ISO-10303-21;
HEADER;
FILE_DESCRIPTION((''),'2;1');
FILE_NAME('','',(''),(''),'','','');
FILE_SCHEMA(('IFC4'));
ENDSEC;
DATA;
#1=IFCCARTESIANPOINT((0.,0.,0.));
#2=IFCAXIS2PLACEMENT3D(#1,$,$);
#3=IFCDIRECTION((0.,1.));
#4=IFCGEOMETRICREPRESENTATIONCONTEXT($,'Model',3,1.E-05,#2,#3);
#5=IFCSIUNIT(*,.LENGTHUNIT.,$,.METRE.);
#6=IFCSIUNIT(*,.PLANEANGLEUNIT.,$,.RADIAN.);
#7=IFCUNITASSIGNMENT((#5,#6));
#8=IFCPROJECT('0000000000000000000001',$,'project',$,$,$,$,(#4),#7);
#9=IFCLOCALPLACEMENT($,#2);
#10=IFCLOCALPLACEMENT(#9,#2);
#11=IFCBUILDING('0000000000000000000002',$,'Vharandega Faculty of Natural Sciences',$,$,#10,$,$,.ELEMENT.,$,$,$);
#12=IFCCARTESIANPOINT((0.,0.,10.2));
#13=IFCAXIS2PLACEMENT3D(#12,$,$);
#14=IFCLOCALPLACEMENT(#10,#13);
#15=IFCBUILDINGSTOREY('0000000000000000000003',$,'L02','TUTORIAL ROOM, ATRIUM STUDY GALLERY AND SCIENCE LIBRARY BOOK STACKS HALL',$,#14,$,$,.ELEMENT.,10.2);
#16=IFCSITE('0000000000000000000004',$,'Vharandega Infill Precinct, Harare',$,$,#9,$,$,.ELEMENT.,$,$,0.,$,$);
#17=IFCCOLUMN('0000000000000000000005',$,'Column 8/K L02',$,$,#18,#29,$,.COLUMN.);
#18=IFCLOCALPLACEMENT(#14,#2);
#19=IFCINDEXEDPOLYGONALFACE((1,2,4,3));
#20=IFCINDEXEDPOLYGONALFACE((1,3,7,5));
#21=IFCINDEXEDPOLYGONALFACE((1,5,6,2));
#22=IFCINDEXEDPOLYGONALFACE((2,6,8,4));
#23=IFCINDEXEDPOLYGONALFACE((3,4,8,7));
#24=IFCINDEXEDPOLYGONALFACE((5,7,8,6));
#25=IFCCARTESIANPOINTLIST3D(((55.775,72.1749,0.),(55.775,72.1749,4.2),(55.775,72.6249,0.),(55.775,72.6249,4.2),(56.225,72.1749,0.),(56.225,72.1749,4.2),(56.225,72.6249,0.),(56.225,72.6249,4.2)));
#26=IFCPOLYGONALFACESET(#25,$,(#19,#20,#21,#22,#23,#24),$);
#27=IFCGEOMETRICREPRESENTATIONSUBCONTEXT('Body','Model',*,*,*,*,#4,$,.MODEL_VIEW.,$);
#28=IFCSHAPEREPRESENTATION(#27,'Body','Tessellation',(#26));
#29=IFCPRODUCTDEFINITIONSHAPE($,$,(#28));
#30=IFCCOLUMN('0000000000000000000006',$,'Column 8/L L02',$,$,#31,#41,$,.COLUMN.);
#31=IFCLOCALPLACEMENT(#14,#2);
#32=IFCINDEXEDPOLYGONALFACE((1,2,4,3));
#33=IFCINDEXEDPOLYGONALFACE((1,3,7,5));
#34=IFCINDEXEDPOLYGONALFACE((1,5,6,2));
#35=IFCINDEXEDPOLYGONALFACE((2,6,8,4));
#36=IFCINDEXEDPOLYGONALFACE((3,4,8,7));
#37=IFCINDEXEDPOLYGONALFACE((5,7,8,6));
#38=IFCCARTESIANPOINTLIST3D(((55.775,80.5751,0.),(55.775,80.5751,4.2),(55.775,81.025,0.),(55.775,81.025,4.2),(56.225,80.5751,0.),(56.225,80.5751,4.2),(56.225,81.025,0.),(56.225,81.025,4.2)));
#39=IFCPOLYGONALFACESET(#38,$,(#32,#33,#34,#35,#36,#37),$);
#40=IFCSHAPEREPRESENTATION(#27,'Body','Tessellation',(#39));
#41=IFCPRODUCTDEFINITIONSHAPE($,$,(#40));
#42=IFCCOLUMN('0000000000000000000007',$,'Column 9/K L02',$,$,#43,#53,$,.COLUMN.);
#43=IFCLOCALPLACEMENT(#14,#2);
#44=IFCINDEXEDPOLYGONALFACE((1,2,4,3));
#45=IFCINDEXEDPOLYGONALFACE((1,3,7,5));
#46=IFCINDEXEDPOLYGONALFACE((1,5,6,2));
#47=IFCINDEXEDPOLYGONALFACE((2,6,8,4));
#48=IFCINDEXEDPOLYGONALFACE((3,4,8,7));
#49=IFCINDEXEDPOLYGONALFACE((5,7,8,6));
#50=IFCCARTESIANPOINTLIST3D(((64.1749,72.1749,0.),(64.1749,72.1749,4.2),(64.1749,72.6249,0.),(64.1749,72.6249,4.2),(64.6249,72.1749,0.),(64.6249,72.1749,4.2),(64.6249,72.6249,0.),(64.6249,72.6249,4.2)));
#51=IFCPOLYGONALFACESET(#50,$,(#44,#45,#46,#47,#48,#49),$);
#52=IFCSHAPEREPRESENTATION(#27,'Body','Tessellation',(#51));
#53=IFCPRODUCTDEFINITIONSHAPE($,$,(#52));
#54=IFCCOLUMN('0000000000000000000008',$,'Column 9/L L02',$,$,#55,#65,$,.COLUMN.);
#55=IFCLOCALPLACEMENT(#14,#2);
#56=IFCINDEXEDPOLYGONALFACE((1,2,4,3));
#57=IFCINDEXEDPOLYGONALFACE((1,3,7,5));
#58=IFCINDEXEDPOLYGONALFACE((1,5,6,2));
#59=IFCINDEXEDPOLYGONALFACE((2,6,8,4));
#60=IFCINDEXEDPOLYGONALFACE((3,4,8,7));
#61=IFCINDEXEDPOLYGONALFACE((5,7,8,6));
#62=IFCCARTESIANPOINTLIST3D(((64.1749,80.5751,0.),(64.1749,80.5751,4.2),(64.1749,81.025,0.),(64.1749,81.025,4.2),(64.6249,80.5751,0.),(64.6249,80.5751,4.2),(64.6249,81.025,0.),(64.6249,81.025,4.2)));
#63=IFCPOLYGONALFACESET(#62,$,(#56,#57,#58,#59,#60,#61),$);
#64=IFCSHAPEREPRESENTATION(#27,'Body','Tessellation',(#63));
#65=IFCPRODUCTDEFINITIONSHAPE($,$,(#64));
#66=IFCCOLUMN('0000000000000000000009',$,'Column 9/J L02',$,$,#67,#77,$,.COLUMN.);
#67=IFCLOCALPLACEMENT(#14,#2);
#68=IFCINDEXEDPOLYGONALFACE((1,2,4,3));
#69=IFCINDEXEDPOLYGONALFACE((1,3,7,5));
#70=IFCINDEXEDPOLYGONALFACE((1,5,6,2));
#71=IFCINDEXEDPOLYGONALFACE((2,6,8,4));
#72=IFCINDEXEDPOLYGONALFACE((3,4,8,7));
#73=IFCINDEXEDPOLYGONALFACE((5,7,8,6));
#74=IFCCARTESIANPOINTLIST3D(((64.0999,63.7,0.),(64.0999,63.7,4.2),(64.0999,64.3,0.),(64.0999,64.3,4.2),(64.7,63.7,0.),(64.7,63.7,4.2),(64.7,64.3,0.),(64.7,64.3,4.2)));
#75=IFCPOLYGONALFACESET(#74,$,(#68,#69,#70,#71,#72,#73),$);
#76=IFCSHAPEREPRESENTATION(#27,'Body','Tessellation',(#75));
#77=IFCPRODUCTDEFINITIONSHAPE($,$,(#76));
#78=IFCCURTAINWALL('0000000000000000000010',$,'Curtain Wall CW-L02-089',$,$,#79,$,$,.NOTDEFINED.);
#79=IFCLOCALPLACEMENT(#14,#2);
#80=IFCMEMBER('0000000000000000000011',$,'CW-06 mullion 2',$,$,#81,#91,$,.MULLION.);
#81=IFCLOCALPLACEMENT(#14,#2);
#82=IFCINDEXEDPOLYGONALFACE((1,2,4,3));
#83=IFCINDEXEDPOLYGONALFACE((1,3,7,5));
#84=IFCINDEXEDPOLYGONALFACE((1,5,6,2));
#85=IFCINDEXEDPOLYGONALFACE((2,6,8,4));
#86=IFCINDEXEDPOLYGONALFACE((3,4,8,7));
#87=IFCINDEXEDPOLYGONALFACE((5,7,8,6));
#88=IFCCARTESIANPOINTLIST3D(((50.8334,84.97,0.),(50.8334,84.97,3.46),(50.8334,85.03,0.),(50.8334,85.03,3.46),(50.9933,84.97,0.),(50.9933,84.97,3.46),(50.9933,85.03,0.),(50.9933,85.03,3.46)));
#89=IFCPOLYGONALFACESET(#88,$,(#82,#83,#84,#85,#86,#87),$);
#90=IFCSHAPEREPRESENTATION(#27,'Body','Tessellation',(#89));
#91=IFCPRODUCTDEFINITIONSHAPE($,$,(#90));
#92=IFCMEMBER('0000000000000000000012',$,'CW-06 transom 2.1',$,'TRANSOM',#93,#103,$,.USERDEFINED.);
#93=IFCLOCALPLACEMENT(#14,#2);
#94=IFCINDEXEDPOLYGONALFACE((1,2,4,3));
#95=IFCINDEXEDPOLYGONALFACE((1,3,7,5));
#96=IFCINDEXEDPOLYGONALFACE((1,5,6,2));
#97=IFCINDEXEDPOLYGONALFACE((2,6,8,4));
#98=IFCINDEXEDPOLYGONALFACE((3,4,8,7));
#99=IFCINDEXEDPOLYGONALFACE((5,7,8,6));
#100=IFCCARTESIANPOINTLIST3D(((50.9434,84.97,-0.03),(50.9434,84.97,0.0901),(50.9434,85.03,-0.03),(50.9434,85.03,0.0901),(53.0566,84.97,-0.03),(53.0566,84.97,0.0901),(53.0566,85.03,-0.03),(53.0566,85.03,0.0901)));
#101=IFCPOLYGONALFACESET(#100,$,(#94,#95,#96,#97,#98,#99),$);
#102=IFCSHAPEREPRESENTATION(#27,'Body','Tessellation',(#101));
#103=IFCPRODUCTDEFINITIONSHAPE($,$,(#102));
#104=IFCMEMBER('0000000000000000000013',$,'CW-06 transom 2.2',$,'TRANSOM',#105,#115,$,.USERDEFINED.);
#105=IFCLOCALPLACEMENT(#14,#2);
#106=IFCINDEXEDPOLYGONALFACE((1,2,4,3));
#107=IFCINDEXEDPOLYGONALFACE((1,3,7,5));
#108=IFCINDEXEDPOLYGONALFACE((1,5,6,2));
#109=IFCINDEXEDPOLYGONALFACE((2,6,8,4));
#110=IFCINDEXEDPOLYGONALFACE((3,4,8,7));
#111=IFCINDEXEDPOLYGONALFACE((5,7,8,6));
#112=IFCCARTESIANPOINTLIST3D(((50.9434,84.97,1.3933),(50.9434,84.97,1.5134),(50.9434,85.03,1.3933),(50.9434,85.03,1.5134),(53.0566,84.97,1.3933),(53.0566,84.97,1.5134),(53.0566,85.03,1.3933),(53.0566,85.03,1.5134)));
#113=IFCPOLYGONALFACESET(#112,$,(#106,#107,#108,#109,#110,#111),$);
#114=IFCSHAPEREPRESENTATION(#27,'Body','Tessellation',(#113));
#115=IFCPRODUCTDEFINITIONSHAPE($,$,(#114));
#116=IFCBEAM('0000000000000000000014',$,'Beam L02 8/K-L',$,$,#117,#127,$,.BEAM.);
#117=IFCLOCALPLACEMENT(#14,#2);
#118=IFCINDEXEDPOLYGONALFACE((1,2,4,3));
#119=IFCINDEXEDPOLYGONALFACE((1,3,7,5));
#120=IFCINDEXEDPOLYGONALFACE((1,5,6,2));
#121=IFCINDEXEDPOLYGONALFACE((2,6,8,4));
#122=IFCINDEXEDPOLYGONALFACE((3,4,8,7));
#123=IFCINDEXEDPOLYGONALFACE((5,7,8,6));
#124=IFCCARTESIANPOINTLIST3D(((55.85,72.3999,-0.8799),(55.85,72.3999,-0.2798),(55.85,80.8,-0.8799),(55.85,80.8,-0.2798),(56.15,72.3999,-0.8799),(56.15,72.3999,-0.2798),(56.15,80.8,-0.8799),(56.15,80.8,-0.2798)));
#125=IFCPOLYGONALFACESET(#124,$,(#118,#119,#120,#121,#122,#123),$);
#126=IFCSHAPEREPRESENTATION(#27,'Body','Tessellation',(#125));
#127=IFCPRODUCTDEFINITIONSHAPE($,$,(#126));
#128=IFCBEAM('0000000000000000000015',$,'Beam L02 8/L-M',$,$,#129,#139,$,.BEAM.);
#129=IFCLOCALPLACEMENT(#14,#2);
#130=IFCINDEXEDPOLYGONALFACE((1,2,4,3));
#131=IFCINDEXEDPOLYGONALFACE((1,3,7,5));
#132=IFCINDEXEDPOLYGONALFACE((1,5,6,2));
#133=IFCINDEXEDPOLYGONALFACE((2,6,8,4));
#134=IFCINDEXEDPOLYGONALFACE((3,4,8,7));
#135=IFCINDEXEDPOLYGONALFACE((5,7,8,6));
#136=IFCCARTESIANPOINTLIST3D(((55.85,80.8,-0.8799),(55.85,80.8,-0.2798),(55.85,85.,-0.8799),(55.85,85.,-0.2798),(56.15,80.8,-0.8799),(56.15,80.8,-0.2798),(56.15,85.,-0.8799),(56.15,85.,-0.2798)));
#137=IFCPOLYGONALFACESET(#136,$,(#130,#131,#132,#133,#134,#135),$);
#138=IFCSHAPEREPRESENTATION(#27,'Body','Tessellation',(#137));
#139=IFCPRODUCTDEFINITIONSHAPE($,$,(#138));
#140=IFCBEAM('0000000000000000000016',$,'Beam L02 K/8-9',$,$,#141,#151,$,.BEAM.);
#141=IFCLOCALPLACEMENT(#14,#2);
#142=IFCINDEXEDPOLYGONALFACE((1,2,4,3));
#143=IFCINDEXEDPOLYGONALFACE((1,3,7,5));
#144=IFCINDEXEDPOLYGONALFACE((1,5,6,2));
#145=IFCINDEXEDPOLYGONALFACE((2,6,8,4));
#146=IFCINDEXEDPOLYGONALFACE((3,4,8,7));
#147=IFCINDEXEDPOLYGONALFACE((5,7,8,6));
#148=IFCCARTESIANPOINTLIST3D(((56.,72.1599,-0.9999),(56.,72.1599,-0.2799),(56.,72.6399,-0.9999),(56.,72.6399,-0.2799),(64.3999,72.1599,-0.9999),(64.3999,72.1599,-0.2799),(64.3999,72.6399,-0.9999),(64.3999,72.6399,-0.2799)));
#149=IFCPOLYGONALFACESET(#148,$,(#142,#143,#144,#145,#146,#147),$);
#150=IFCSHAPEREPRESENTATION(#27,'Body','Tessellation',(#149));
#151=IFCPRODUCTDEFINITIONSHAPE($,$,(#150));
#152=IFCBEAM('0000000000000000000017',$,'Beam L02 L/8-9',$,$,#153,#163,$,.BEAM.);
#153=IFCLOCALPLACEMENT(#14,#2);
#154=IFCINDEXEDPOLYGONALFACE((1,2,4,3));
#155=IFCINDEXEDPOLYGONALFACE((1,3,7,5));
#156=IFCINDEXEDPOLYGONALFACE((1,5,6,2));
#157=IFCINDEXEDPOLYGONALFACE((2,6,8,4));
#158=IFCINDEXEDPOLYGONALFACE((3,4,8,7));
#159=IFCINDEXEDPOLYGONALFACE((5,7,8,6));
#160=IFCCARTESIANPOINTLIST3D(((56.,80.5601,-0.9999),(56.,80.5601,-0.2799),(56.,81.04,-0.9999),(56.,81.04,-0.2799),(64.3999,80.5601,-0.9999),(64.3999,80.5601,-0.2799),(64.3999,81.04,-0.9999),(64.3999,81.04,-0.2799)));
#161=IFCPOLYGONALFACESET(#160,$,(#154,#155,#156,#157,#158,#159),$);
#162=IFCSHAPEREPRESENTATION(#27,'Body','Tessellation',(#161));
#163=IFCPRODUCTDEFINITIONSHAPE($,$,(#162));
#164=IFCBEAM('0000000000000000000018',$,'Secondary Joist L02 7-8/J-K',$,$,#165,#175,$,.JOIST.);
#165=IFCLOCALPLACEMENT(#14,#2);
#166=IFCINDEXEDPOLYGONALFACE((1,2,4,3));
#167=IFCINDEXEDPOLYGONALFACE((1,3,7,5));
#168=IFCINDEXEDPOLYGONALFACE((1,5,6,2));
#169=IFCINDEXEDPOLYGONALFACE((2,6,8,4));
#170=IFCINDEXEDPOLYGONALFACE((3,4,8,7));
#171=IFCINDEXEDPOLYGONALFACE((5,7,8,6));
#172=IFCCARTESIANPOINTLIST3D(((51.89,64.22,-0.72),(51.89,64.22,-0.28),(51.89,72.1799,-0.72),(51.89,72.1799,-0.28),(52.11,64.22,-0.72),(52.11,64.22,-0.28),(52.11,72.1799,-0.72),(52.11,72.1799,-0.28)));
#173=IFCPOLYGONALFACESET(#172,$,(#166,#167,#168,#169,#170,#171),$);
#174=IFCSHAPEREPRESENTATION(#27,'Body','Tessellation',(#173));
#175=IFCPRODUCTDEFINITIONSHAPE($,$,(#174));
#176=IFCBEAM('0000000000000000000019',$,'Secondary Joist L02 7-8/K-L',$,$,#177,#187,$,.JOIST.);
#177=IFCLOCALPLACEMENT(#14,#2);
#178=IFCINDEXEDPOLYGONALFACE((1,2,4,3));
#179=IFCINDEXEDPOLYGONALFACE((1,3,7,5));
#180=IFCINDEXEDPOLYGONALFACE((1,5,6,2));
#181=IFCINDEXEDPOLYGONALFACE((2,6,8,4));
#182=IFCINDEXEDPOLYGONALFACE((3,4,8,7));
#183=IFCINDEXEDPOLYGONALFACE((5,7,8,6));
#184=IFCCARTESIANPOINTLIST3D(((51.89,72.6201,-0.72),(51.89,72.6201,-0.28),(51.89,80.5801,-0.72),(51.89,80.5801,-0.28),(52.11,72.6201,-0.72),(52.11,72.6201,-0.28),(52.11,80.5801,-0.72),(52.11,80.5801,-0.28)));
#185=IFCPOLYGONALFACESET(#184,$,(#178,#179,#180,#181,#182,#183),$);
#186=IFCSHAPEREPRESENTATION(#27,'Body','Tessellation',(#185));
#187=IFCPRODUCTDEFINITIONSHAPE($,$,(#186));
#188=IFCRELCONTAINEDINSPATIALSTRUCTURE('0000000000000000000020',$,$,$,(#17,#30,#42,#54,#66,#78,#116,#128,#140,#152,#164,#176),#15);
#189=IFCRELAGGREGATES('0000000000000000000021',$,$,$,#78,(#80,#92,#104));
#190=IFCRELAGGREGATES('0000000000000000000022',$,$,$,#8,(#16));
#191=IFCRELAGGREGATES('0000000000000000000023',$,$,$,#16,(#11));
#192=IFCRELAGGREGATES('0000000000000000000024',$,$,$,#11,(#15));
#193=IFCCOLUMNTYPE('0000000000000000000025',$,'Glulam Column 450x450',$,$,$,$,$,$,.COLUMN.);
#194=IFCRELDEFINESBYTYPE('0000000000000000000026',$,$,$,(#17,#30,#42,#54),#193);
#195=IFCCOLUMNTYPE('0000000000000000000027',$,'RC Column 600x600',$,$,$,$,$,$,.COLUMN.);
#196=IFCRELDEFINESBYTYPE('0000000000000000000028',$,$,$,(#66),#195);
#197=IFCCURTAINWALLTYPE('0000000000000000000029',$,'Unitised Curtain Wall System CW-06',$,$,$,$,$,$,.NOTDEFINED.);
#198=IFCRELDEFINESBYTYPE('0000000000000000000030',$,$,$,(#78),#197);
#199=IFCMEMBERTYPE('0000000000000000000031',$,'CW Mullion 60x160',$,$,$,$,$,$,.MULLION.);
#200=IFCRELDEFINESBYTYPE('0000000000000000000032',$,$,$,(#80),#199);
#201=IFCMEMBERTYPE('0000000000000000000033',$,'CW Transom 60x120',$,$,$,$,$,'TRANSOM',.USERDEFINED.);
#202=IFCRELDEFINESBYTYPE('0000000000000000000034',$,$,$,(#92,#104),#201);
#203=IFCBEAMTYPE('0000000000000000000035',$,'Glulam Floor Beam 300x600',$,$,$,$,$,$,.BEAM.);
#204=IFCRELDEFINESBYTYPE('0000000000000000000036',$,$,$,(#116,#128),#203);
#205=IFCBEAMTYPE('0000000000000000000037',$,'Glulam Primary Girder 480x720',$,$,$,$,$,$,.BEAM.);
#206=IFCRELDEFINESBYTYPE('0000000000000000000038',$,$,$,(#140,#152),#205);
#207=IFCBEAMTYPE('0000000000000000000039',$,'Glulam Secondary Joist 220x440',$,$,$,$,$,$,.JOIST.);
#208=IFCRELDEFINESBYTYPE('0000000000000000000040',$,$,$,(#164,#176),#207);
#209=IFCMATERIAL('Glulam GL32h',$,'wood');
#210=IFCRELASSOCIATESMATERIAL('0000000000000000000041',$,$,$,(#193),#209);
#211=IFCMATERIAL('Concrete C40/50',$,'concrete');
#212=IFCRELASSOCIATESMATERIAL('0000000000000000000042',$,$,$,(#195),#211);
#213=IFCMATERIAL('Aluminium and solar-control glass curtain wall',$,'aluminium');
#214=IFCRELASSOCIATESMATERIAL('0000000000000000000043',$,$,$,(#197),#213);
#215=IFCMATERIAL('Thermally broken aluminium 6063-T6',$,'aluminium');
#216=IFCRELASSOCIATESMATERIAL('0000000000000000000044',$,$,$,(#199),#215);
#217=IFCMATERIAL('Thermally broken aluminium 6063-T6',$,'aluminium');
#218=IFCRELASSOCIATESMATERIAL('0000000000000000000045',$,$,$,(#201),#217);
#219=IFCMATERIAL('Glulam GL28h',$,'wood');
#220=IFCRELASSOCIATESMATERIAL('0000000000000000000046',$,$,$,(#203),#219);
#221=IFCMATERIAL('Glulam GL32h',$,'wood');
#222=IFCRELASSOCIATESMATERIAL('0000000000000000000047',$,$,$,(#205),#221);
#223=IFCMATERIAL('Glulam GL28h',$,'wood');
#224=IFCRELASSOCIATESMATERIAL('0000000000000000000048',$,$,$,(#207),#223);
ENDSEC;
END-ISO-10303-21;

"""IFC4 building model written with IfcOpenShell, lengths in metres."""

from ifc_helpers import new_model, si_unit, direction, frame, origin, origin_2d, place, context, subcontext, project, spatial, rectangle, extrude, material, material_profile, profile_set, type_object, element, aggregate, save


model = new_model("IFC4")

# Units and contexts
model_context = context("Model", 3, precision=1e-05, world=origin(), true_north=direction((0.0, 1.0)))
body_context = subcontext(model_context, "Body", "Model", "MODEL_VIEW")
ifc_project = project(units=[si_unit("LENGTHUNIT", "METRE"), si_unit("PLANEANGLEUNIT", "RADIAN")], contexts=[model_context])

# Site, building, storey
site_placement = place(None, origin())
site = spatial("IfcSite", under=ifc_project, at=site_placement, Name="Vharandega Infill Precinct, Harare", CompositionType="ELEMENT", RefElevation=0.0)
building_placement = place(site_placement, origin())
building = spatial("IfcBuilding", under=site, at=building_placement, Name="Vharandega Faculty of Natural Sciences", CompositionType="ELEMENT")
storey_placement = place(building_placement, frame((0.0, 0.0, 10.2)))
storey = spatial("IfcBuildingStorey", under=building, at=storey_placement, Name="L02", Description="TUTORIAL ROOM, ATRIUM STUDY GALLERY AND SCIENCE LIBRARY BOOK STACKS HALL", CompositionType="ELEMENT", Elevation=10.2)

# Columns
ifc_material_1 = material(Name="Glulam GL32h", Category="wood")
ifc_material_profile_1 = material_profile(ifc_material_1, rectangle(XDim=0.45, YDim=0.45, at=origin_2d()), Name="GL32h 450x450")
ifc_profile_set_1 = profile_set([ifc_material_profile_1], Name="Glulam GL32h")
column_type_1 = type_object("IfcColumnType", Name="Glulam Column 450x450", PredefinedType="COLUMN", material=ifc_profile_set_1)
for number, where, z_axis, x_axis, name in (
    (1, (56.0, 72.3999, 0.0), (0.0, 0.0, 1.0), (1.0, 0.0, 0.0), "Column 8/K L02"),
    (2, (56.0, 80.8, 0.0), (0.0, 0.0, 1.0), (1.0, 0.0, 0.0), "Column 8/L L02"),
    (3, (64.3999, 72.3999, 0.0), (0.0, 0.0, 1.0), (1.0, 0.0, 0.0), "Column 9/K L02"),
    (4, (64.3999, 80.8, 0.0), (0.0, 0.0, 1.0), (1.0, 0.0, 0.0), "Column 9/L L02"),
):
    element("IfcColumn", number, at=place(storey_placement, frame(where, z_axis=z_axis, x_axis=x_axis)), inside=storey, type_object=column_type_1, Name=name, PredefinedType="COLUMN", context=body_context, shape_type="SweptSolid", body=[
        extrude(rectangle(XDim=0.45, YDim=0.45, at=origin_2d()), origin(), (0.0, 0.0, 1.0), 4.2),
    ])
ifc_material_2 = material(Name="Concrete C40/50", Category="concrete")
ifc_material_profile_2 = material_profile(ifc_material_2, rectangle(XDim=0.6001, YDim=0.6001, at=origin_2d()), Name="RC 600x600")
ifc_profile_set_2 = profile_set([ifc_material_profile_2], Name="Concrete C40/50")
column_type_2 = type_object("IfcColumnType", Name="RC Column 600x600", PredefinedType="COLUMN", material=ifc_profile_set_2)
column_placement = place(storey_placement, frame((64.3999, 64.0, 0.0), z_axis=(0.0, 0.0, 1.0), x_axis=(1.0, 0.0, 0.0)))
element("IfcColumn", 5, at=column_placement, inside=storey, type_object=column_type_2, Name="Column 9/J L02", PredefinedType="COLUMN", context=body_context, shape_type="SweptSolid", body=[
    extrude(rectangle(XDim=0.6001, YDim=0.6001, at=origin_2d()), origin(), (0.0, 0.0, 1.0), 4.2),
])

# Curtain wall, members
ifc_material_3 = material(Name="Aluminium and solar-control glass curtain wall", Category="aluminium")
curtain_wall_type = type_object("IfcCurtainWallType", Name="Unitised Curtain Wall System CW-06", PredefinedType="NOTDEFINED", material=ifc_material_3)
curtain_wall_placement = place(storey_placement, origin())
curtain_wall = element("IfcCurtainWall", 6, at=curtain_wall_placement, inside=storey, type_object=curtain_wall_type, Name="Curtain Wall CW-L02-089", PredefinedType="NOTDEFINED")
ifc_material_4 = material(Name="Thermally broken aluminium 6063-T6", Category="aluminium")
ifc_material_profile_3 = material_profile(ifc_material_4, rectangle(XDim=0.0601, YDim=0.1599, at=origin_2d()), Name="ALU 60x160")
ifc_profile_set_3 = profile_set([ifc_material_profile_3], Name="Thermally broken aluminium 6063-T6")
member_type_1 = type_object("IfcMemberType", Name="CW Mullion 60x160", PredefinedType="MULLION", material=ifc_profile_set_3)
member_1_placement = place(storey_placement, frame((50.9133, 85.0, 0.0), z_axis=(0.0, 0.0, 1.0), x_axis=(0.0, 1.0, 0.0)))
member_1 = element("IfcMember", 7, at=member_1_placement, type_object=member_type_1, Name="CW-06 mullion 2", PredefinedType="MULLION", context=body_context, shape_type="SweptSolid", body=[
    extrude(rectangle(XDim=0.0601, YDim=0.1599, at=origin_2d()), origin(), (0.0, 0.0, 1.0), 3.46),
])
ifc_material_5 = material(Name="Thermally broken aluminium 6063-T6", Category="aluminium")
ifc_material_profile_4 = material_profile(ifc_material_5, rectangle(XDim=0.0601, YDim=0.1201, at=origin_2d()), Name="ALU 60x120")
ifc_profile_set_4 = profile_set([ifc_material_profile_4], Name="Thermally broken aluminium 6063-T6")
member_type_2 = type_object("IfcMemberType", Name="CW Transom 60x120", ElementType="TRANSOM", PredefinedType="USERDEFINED", material=ifc_profile_set_4)
member_2_placement = place(storey_placement, frame((50.9434, 85.0, 0.03), z_axis=(1.0, 0.0, 0.0), x_axis=(0.0, 1.0, 0.0)))
member_2 = element("IfcMember", 8, at=member_2_placement, type_object=member_type_2, Name="CW-06 transom 2.1", ObjectType="TRANSOM", PredefinedType="USERDEFINED", context=body_context, shape_type="SweptSolid", body=[
    extrude(rectangle(XDim=0.0601, YDim=0.1201, at=origin_2d()), origin(), (0.0, 0.0, 1.0), 2.1133),
])
member_3_placement = place(storey_placement, frame((50.9434, 85.0, 1.4534), z_axis=(1.0, 0.0, 0.0), x_axis=(0.0, 1.0, 0.0)))
member_3 = element("IfcMember", 9, at=member_3_placement, type_object=member_type_2, Name="CW-06 transom 2.2", ObjectType="TRANSOM", PredefinedType="USERDEFINED", context=body_context, shape_type="SweptSolid", body=[
    extrude(rectangle(XDim=0.0601, YDim=0.1201, at=origin_2d()), origin(), (0.0, 0.0, 1.0), 2.1133),
])
aggregate(curtain_wall, [member_1, member_2, member_3])

# Beams
ifc_material_6 = material(Name="Glulam GL28h", Category="wood")
ifc_material_profile_5 = material_profile(ifc_material_6, rectangle(XDim=0.3, YDim=0.6001, at=origin_2d()), Name="GL28h 300x600")
ifc_profile_set_5 = profile_set([ifc_material_profile_5], Name="Glulam GL28h")
beam_type_1 = type_object("IfcBeamType", Name="Glulam Floor Beam 300x600", PredefinedType="BEAM", material=ifc_profile_set_5)
beam_1_placement = place(storey_placement, frame((56.0, 72.3999, -0.5798), z_axis=(0.0, 1.0, 0.0), x_axis=(-1.0, 0.0, 0.0)))
element("IfcBeam", 10, at=beam_1_placement, inside=storey, type_object=beam_type_1, Name="Beam L02 8/K-L", PredefinedType="BEAM", context=body_context, shape_type="SweptSolid", body=[
    extrude(rectangle(XDim=0.3, YDim=0.6001, at=origin_2d()), origin(), (0.0, 0.0, 1.0), 8.4001),
])
beam_2_placement = place(storey_placement, frame((56.0, 80.8, -0.5798), z_axis=(0.0, 1.0, 0.0), x_axis=(-1.0, 0.0, 0.0)))
element("IfcBeam", 11, at=beam_2_placement, inside=storey, type_object=beam_type_1, Name="Beam L02 8/L-M", PredefinedType="BEAM", context=body_context, shape_type="SweptSolid", body=[
    extrude(rectangle(XDim=0.3, YDim=0.6001, at=origin_2d()), origin(), (0.0, 0.0, 1.0), 4.2),
])
ifc_material_7 = material(Name="Glulam GL32h", Category="wood")
ifc_material_profile_6 = material_profile(ifc_material_7, rectangle(XDim=0.48, YDim=0.72, at=origin_2d()), Name="GL32h 480x720")
ifc_profile_set_6 = profile_set([ifc_material_profile_6], Name="Glulam GL32h")
beam_type_2 = type_object("IfcBeamType", Name="Glulam Primary Girder 480x720", PredefinedType="BEAM", material=ifc_profile_set_6)
for number, where, z_axis, x_axis, name in (
    (12, (56.0, 72.3999, -0.6399), (1.0, 0.0, 0.0), (0.0, 1.0, 0.0), "Beam L02 K/8-9"),
    (13, (56.0, 80.8, -0.6399), (1.0, 0.0, 0.0), (0.0, 1.0, 0.0), "Beam L02 L/8-9"),
):
    element("IfcBeam", number, at=place(storey_placement, frame(where, z_axis=z_axis, x_axis=x_axis)), inside=storey, type_object=beam_type_2, Name=name, PredefinedType="BEAM", context=body_context, shape_type="SweptSolid", body=[
        extrude(rectangle(XDim=0.48, YDim=0.72, at=origin_2d()), origin(), (0.0, 0.0, 1.0), 8.3999),
    ])
ifc_material_8 = material(Name="Glulam GL28h", Category="wood")
ifc_material_profile_7 = material_profile(ifc_material_8, rectangle(XDim=0.22, YDim=0.4399, at=origin_2d()), Name="GL28h 220x440")
ifc_profile_set_7 = profile_set([ifc_material_profile_7], Name="Glulam GL28h")
beam_type_3 = type_object("IfcBeamType", Name="Glulam Secondary Joist 220x440", PredefinedType="JOIST", material=ifc_profile_set_7)
for number, where, z_axis, x_axis, name in (
    (14, (52.0, 64.22, -0.5), (0.0, 1.0, 0.0), (-1.0, 0.0, 0.0), "Secondary Joist L02 7-8/J-K"),
    (15, (52.0, 72.6201, -0.5), (0.0, 1.0, 0.0), (-1.0, 0.0, 0.0), "Secondary Joist L02 7-8/K-L"),
):
    element("IfcBeam", number, at=place(storey_placement, frame(where, z_axis=z_axis, x_axis=x_axis)), inside=storey, type_object=beam_type_3, Name=name, PredefinedType="JOIST", context=body_context, shape_type="SweptSolid", body=[
        extrude(rectangle(XDim=0.22, YDim=0.4399, at=origin_2d()), origin(), (0.0, 0.0, 1.0), 7.96),
    ])

save(model, "model.ifc")
